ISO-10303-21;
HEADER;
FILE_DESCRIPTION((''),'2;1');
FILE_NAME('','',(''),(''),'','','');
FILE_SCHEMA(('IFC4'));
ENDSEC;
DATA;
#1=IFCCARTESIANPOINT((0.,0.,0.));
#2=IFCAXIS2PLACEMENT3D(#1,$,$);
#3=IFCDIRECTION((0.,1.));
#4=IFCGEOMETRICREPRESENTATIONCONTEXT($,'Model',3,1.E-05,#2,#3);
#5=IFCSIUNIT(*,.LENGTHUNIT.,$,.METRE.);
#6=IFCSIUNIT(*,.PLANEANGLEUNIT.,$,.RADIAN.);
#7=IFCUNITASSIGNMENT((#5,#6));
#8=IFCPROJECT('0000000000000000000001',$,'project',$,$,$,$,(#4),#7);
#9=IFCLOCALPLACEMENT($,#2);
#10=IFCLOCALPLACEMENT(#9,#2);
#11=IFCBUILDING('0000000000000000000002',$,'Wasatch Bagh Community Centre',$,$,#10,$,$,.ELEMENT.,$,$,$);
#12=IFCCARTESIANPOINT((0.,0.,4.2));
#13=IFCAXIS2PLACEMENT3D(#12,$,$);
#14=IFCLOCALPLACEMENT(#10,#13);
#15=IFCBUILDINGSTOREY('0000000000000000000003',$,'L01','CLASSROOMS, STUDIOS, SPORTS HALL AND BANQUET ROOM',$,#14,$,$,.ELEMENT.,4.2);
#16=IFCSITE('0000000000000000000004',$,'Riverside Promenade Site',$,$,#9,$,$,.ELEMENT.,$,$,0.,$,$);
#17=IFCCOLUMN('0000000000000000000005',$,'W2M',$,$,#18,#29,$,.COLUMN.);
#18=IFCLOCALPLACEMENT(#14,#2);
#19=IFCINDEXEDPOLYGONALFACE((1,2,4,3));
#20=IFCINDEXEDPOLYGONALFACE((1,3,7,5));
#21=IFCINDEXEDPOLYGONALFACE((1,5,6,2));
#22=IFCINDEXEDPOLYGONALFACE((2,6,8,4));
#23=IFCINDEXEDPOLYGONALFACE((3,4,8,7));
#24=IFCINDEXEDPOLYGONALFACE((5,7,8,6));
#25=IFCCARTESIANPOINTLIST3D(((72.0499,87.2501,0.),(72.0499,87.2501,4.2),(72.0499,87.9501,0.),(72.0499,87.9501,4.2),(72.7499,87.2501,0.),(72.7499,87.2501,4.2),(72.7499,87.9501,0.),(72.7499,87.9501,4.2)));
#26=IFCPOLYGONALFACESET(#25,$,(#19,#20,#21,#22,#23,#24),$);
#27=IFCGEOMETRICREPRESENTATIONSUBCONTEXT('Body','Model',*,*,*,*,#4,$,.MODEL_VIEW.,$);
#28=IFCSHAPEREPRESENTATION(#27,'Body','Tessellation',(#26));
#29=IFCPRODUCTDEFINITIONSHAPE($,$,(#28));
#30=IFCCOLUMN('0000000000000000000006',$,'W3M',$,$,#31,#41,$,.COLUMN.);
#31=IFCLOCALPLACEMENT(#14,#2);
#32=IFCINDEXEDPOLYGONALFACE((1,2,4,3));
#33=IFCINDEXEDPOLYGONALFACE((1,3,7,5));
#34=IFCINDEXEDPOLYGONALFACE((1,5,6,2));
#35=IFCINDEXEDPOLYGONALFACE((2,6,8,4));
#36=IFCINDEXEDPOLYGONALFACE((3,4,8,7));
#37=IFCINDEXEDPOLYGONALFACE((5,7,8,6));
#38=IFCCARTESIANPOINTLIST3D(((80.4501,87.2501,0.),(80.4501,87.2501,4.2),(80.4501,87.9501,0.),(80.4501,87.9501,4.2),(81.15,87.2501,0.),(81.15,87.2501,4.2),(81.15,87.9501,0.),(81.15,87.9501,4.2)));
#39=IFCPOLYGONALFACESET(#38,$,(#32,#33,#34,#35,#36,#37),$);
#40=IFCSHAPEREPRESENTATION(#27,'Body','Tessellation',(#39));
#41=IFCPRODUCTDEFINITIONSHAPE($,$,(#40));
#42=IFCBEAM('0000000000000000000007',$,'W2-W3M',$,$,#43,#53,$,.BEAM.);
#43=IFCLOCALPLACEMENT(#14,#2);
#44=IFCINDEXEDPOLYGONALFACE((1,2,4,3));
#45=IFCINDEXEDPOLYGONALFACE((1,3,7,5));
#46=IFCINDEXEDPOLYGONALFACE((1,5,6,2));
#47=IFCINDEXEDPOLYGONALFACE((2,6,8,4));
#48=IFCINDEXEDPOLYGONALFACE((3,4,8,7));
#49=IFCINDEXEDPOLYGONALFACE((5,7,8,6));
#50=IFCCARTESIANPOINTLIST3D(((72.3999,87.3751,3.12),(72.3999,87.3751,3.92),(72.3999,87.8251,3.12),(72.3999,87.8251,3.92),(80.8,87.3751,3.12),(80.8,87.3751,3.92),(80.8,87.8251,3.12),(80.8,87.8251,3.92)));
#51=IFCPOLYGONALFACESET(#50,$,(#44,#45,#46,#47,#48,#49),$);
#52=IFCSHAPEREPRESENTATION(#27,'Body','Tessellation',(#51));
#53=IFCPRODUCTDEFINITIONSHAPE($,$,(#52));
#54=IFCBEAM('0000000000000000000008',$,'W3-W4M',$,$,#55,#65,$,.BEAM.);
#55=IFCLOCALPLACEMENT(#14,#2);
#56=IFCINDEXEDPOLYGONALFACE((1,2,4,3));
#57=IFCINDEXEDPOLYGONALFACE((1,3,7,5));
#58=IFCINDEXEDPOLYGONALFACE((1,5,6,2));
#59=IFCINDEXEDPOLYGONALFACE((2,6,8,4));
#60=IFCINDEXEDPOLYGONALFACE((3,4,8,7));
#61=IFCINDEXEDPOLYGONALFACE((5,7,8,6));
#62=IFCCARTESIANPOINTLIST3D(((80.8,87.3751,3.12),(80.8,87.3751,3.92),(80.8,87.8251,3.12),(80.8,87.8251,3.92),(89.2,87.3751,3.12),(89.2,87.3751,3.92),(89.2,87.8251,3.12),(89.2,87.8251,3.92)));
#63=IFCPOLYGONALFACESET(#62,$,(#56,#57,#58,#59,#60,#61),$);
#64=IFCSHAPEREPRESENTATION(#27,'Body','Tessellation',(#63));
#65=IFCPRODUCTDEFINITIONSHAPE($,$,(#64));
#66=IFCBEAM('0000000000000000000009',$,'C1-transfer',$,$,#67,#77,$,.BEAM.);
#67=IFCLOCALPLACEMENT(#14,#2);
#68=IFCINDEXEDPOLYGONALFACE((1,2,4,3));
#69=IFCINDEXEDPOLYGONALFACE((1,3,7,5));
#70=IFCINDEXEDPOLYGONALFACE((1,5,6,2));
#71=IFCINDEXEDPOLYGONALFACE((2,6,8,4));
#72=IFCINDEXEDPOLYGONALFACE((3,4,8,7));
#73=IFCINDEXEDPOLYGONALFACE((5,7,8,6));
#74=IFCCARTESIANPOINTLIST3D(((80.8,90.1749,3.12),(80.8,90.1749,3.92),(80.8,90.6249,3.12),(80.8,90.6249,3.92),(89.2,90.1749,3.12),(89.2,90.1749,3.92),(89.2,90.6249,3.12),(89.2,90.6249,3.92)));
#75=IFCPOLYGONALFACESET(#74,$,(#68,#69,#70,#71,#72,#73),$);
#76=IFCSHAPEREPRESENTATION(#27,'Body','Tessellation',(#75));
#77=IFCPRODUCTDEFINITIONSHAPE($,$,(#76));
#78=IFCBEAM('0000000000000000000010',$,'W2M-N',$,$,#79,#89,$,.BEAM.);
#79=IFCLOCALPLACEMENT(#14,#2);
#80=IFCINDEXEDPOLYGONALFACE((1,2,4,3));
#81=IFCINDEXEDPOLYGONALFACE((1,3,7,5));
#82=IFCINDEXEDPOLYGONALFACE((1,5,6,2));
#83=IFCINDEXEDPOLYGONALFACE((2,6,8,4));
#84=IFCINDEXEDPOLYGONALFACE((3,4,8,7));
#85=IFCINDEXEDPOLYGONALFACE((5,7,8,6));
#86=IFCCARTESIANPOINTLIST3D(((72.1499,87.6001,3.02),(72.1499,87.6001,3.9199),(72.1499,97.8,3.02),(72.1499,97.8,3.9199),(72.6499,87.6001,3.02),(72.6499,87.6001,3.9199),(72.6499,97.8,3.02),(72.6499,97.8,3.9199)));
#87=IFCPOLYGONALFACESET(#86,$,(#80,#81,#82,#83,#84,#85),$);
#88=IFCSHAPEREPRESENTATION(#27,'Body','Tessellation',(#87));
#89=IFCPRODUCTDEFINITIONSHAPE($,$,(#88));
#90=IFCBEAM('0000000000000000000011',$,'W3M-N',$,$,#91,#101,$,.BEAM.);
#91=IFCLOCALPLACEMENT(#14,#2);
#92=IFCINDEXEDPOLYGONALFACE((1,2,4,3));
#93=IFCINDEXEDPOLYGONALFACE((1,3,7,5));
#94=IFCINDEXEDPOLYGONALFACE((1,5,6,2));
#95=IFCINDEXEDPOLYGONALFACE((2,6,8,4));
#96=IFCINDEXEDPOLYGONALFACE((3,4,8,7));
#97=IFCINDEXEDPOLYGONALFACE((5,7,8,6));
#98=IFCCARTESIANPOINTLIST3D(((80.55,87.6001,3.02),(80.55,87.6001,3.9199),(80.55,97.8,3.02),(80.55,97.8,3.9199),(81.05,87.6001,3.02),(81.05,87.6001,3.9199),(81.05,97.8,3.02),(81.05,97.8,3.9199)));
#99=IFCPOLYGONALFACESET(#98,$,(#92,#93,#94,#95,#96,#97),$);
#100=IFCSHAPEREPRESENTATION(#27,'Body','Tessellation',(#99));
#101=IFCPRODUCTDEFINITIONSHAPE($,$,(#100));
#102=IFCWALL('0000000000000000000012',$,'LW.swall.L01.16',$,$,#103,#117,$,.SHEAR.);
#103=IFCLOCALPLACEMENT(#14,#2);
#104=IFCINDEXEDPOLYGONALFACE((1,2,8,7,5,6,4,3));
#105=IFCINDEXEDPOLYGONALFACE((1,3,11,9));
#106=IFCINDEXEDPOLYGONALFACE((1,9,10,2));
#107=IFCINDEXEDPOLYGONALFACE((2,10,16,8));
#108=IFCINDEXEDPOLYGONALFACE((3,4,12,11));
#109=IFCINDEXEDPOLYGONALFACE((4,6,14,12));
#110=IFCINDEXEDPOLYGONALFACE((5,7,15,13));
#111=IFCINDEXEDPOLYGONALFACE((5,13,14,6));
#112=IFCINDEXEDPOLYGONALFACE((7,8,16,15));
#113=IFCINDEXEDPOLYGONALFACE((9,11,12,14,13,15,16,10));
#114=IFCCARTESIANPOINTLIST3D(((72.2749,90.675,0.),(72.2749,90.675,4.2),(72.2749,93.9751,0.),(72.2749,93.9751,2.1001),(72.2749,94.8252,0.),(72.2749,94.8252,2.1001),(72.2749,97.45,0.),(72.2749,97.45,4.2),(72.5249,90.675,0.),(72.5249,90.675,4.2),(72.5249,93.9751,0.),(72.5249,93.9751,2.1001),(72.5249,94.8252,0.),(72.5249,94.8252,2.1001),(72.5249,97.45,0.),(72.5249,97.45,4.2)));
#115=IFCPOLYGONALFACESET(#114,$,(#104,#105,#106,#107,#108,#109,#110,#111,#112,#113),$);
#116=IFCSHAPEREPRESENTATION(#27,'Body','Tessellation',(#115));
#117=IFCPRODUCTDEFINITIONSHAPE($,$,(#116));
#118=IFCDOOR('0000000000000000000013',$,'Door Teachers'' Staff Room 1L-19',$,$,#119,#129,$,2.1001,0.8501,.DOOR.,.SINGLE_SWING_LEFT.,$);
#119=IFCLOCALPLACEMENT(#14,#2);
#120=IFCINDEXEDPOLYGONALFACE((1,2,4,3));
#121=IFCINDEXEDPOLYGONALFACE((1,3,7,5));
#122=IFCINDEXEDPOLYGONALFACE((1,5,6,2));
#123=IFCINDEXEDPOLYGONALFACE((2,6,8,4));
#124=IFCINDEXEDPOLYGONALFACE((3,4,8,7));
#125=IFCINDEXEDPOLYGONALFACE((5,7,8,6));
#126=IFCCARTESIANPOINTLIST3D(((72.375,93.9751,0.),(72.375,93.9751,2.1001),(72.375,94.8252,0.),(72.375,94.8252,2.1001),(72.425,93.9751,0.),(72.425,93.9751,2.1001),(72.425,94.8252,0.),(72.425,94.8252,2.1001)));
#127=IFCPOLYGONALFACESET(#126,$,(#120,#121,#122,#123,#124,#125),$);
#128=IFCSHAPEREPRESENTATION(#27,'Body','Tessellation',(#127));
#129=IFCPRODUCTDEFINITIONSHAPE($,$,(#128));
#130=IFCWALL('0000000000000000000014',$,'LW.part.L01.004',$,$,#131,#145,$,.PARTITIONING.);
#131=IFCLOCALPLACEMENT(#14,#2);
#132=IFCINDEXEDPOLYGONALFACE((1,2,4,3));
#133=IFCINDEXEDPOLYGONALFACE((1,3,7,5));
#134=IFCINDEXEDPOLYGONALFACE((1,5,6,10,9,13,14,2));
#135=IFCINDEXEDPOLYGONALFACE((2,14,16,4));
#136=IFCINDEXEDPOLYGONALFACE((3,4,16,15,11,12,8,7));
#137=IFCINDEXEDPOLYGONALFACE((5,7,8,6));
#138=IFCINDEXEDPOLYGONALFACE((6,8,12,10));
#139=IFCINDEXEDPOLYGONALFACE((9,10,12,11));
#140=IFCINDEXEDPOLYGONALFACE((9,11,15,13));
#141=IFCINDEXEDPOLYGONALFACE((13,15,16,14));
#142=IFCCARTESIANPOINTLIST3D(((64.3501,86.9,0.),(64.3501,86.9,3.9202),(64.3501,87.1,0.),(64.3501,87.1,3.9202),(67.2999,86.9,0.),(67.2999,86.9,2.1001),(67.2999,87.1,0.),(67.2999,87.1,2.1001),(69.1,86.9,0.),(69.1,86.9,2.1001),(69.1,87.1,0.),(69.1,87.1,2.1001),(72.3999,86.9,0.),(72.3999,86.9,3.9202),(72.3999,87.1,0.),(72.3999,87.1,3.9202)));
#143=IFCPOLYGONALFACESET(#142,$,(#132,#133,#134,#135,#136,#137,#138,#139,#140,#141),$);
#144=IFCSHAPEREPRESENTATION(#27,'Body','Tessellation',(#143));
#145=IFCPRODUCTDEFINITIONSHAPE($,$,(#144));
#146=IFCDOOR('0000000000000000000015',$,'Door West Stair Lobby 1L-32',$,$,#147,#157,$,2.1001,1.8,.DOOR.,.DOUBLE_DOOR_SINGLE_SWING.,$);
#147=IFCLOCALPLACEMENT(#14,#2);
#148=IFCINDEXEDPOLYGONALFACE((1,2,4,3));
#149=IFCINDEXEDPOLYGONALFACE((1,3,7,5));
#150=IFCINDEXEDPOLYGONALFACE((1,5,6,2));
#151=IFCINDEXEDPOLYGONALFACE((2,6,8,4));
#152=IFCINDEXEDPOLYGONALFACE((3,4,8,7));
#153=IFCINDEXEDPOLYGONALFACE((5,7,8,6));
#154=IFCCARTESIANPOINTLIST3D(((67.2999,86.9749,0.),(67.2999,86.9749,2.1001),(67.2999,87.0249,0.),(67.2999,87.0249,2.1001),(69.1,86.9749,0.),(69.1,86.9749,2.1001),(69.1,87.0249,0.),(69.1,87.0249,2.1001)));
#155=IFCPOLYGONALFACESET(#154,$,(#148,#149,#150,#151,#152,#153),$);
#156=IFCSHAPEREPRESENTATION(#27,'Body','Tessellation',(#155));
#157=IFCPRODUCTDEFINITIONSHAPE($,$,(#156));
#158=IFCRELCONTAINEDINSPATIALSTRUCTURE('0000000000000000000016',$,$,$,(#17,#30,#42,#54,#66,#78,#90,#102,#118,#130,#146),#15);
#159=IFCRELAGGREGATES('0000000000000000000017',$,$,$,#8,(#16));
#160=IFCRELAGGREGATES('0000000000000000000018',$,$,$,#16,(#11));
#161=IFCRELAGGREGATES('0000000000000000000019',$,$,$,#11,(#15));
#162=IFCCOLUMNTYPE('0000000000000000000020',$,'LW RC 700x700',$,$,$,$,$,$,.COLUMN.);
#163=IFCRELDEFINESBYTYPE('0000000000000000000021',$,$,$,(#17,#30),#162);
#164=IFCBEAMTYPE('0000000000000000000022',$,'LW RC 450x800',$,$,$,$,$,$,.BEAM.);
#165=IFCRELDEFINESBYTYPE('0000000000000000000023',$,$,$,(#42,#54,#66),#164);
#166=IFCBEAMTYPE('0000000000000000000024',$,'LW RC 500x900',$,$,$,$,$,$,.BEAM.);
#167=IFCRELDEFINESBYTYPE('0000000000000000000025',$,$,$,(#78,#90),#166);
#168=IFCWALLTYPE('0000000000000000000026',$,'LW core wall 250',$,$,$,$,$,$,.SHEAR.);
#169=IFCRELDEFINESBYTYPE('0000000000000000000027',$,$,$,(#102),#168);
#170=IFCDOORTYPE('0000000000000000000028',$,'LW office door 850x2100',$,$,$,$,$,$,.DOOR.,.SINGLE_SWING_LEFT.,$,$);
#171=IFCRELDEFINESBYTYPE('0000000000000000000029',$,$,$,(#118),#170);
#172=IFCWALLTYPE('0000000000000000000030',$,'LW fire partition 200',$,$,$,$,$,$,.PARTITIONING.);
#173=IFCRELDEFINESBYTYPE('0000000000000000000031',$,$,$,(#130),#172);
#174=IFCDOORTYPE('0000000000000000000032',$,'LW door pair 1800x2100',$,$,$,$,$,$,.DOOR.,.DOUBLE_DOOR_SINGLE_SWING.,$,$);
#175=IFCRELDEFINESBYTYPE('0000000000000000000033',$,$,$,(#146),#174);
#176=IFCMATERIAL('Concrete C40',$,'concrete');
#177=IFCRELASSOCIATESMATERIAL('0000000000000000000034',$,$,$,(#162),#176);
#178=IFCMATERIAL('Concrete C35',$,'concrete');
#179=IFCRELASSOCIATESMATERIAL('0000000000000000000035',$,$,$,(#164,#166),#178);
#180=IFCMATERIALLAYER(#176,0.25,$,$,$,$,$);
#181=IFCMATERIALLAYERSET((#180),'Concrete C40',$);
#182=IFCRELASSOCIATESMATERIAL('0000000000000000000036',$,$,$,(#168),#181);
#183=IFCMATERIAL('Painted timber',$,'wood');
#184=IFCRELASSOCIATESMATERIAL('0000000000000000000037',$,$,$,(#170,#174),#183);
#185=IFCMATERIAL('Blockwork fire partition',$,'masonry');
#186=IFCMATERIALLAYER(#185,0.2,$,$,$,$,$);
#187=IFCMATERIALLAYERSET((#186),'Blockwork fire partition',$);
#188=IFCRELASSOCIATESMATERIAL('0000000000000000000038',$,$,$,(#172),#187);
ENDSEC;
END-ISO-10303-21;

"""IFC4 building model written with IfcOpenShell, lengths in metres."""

from ifc_helpers import new_model, si_unit, direction, frame, frame_2d, origin, origin_2d, place, context, subcontext, project, spatial, rectangle, extrude, material, layer, layer_set, material_profile, profile_set, type_object, element, fill, save


model = new_model("IFC4")

# Units and contexts
model_context = context("Model", 3, precision=1e-05, world=origin(), true_north=direction((0.0, 1.0)))
body_context = subcontext(model_context, "Body", "Model", "MODEL_VIEW")
ifc_project = project(units=[si_unit("LENGTHUNIT", "METRE"), si_unit("PLANEANGLEUNIT", "RADIAN")], contexts=[model_context])

# Site, building, storey
site_placement = place(None, origin())
site = spatial("IfcSite", under=ifc_project, at=site_placement, Name="Riverside Promenade Site", CompositionType="ELEMENT", RefElevation=0.0)
building_placement = place(site_placement, origin())
building = spatial("IfcBuilding", under=site, at=building_placement, Name="Wasatch Bagh Community Centre", CompositionType="ELEMENT")
storey_placement = place(building_placement, frame((0.0, 0.0, 4.2)))
storey = spatial("IfcBuildingStorey", under=building, at=storey_placement, Name="L01", Description="CLASSROOMS, STUDIOS, SPORTS HALL AND BANQUET ROOM", CompositionType="ELEMENT", Elevation=4.2)

# Columns
ifc_material_1 = material(Name="Concrete C40", Category="concrete")
ifc_material_profile_1 = material_profile(ifc_material_1, rectangle(XDim=0.7, YDim=0.7, at=origin_2d()), Name="RC 700x700")
ifc_profile_set_1 = profile_set([ifc_material_profile_1], Name="Concrete C40")
column_type = type_object("IfcColumnType", Name="LW RC 700x700", PredefinedType="COLUMN", material=ifc_profile_set_1)
for number, where, z_axis, x_axis, name in (
    (1, (72.3999, 87.6001, 0.0), (0.0, 0.0, 1.0), (1.0, 0.0, 0.0), "W2M"),
    (2, (80.8, 87.6001, 0.0), (0.0, 0.0, 1.0), (1.0, 0.0, 0.0), "W3M"),
):
    element("IfcColumn", number, at=place(storey_placement, frame(where, z_axis=z_axis, x_axis=x_axis)), inside=storey, type_object=column_type, Name=name, PredefinedType="COLUMN", context=body_context, shape_type="SweptSolid", body=[
        extrude(rectangle(XDim=0.7, YDim=0.7, at=origin_2d()), origin(), (0.0, 0.0, 1.0), 4.2),
    ])

# Beams
ifc_material_2 = material(Name="Concrete C35", Category="concrete")
ifc_material_profile_2 = material_profile(ifc_material_2, rectangle(XDim=0.45, YDim=0.8, at=origin_2d()), Name="RC 450x800")
ifc_profile_set_2 = profile_set([ifc_material_profile_2], Name="Concrete C35")
beam_type_1 = type_object("IfcBeamType", Name="LW RC 450x800", PredefinedType="BEAM", material=ifc_profile_set_2)
beam_placement = place(storey_placement, frame((72.3999, 87.6001, 3.52), z_axis=(1.0, 0.0, 0.0), x_axis=(0.0, 1.0, 0.0)))
element("IfcBeam", 3, at=beam_placement, inside=storey, type_object=beam_type_1, Name="W2-W3M", PredefinedType="BEAM", context=body_context, shape_type="SweptSolid", body=[
    extrude(rectangle(XDim=0.45, YDim=0.8, at=origin_2d()), origin(), (0.0, 0.0, 1.0), 8.4001),
])
for number, where, z_axis, x_axis, name in (
    (4, (80.8, 87.6001, 3.52), (1.0, 0.0, 0.0), (0.0, 1.0, 0.0), "W3-W4M"),
    (5, (80.8, 90.3999, 3.52), (1.0, 0.0, 0.0), (0.0, 1.0, 0.0), "C1-transfer"),
):
    element("IfcBeam", number, at=place(storey_placement, frame(where, z_axis=z_axis, x_axis=x_axis)), inside=storey, type_object=beam_type_1, Name=name, PredefinedType="BEAM", context=body_context, shape_type="SweptSolid", body=[
        extrude(rectangle(XDim=0.45, YDim=0.8, at=origin_2d()), origin(), (0.0, 0.0, 1.0), 8.3999),
    ])
ifc_material_profile_3 = material_profile(ifc_material_2, rectangle(XDim=0.5, YDim=0.8999, at=origin_2d()), Name="RC 500x900")
ifc_profile_set_3 = profile_set([ifc_material_profile_3], Name="Concrete C35")
beam_type_2 = type_object("IfcBeamType", Name="LW RC 500x900", PredefinedType="BEAM", material=ifc_profile_set_3)
for number, where, z_axis, x_axis, name in (
    (6, (72.3999, 87.6001, 3.47), (0.0, 1.0, 0.0), (-1.0, 0.0, 0.0), "W2M-N"),
    (7, (80.8, 87.6001, 3.47), (0.0, 1.0, 0.0), (-1.0, 0.0, 0.0), "W3M-N"),
):
    element("IfcBeam", number, at=place(storey_placement, frame(where, z_axis=z_axis, x_axis=x_axis)), inside=storey, type_object=beam_type_2, Name=name, PredefinedType="BEAM", context=body_context, shape_type="SweptSolid", body=[
        extrude(rectangle(XDim=0.5, YDim=0.8999, at=origin_2d()), origin(), (0.0, 0.0, 1.0), 10.2),
    ])

# Walls, openings, doors
ifc_layer_1 = layer(ifc_material_1, 0.25)
ifc_layer_set_1 = layer_set([ifc_layer_1], Name="Concrete C40")
wall_type_1 = type_object("IfcWallType", Name="LW core wall 250", PredefinedType="SHEAR", material=ifc_layer_set_1)
wall_1_placement = place(storey_placement, frame((72.3999, 90.675, 0.0), z_axis=(0.0, 0.0, 1.0), x_axis=(0.0, 1.0, 0.0)))
wall_1 = element("IfcWall", 8, at=wall_1_placement, inside=storey, type_object=wall_type_1, Name="LW.swall.L01.16", PredefinedType="SHEAR", context=body_context, shape_type="SweptSolid", body=[
    extrude(rectangle(XDim=6.7749, YDim=0.25, at=frame_2d((3.3875, 0.0))), origin(), (0.0, 0.0, 1.0), 4.2),
])
opening_1_placement = place(wall_1_placement, frame((3.3, 0.0, 0.0)))
opening_1 = element("IfcOpeningElement", 9, at=opening_1_placement, cuts=wall_1, PredefinedType="OPENING", context=body_context, shape_type="SweptSolid", body=[
    extrude(rectangle(XDim=0.8501, YDim=2.1001, at=frame_2d((0.425, 1.05))), frame((0.0, 0.135, 0.0), z_axis=(0.0, -1.0, 0.0), x_axis=(1.0, 0.0, 0.0)), (0.0, 0.0, 1.0), 0.27),
])
ifc_material_3 = material(Name="Painted timber", Category="wood")
door_type_1 = type_object("IfcDoorType", Name="LW office door 850x2100", OperationType="SINGLE_SWING_LEFT", PredefinedType="DOOR", material=ifc_material_3)
door_1_placement = place(opening_1_placement, origin())
door_1 = element("IfcDoor", 10, at=door_1_placement, inside=storey, type_object=door_type_1, Name="Door Teachers' Staff Room 1L-19", OperationType="SINGLE_SWING_LEFT", OverallHeight=2.1001, OverallWidth=0.8501, PredefinedType="DOOR", context=body_context, shape_type="SweptSolid", body=[
    extrude(rectangle(XDim=0.8501, YDim=2.1001, at=frame_2d((0.425, 1.05))), frame((0.0, 0.0249, 0.0), z_axis=(0.0, -1.0, 0.0), x_axis=(1.0, 0.0, 0.0)), (0.0, 0.0, 1.0), 0.05),
])
fill(opening_1, door_1)
ifc_material_4 = material(Name="Blockwork fire partition", Category="masonry")
ifc_layer_2 = layer(ifc_material_4, 0.2)
ifc_layer_set_2 = layer_set([ifc_layer_2], Name="Blockwork fire partition")
wall_type_2 = type_object("IfcWallType", Name="LW fire partition 200", PredefinedType="PARTITIONING", material=ifc_layer_set_2)
wall_2_placement = place(storey_placement, frame((64.3501, 87.0, 0.0), z_axis=(0.0, 0.0, 1.0), x_axis=(1.0, 0.0, 0.0)))
wall_2 = element("IfcWall", 11, at=wall_2_placement, inside=storey, type_object=wall_type_2, Name="LW.part.L01.004", PredefinedType="PARTITIONING", context=body_context, shape_type="SweptSolid", body=[
    extrude(rectangle(XDim=8.0498, YDim=0.2, at=frame_2d((4.0249, 0.0))), origin(), (0.0, 0.0, 1.0), 3.9202),
])
opening_2_placement = place(wall_2_placement, frame((2.95, 0.0, 0.0)))
opening_2 = element("IfcOpeningElement", 12, at=opening_2_placement, cuts=wall_2, PredefinedType="OPENING", context=body_context, shape_type="SweptSolid", body=[
    extrude(rectangle(XDim=1.8, YDim=2.1001, at=frame_2d((0.8999, 1.05))), frame((0.0, 0.1099, 0.0), z_axis=(0.0, -1.0, 0.0), x_axis=(1.0, 0.0, 0.0)), (0.0, 0.0, 1.0), 0.22),
])
door_type_2 = type_object("IfcDoorType", Name="LW door pair 1800x2100", OperationType="DOUBLE_DOOR_SINGLE_SWING", PredefinedType="DOOR", material=ifc_material_3)
door_2_placement = place(opening_2_placement, origin())
door_2 = element("IfcDoor", 13, at=door_2_placement, inside=storey, type_object=door_type_2, Name="Door West Stair Lobby 1L-32", OperationType="DOUBLE_DOOR_SINGLE_SWING", OverallHeight=2.1001, OverallWidth=1.8, PredefinedType="DOOR", context=body_context, shape_type="SweptSolid", body=[
    extrude(rectangle(XDim=1.8, YDim=2.1001, at=frame_2d((0.8999, 1.05))), frame((0.0, 0.0249, 0.0), z_axis=(0.0, -1.0, 0.0), x_axis=(1.0, 0.0, 0.0)), (0.0, 0.0, 1.0), 0.05),
])
fill(opening_2, door_2)

save(model, "model.ifc")
